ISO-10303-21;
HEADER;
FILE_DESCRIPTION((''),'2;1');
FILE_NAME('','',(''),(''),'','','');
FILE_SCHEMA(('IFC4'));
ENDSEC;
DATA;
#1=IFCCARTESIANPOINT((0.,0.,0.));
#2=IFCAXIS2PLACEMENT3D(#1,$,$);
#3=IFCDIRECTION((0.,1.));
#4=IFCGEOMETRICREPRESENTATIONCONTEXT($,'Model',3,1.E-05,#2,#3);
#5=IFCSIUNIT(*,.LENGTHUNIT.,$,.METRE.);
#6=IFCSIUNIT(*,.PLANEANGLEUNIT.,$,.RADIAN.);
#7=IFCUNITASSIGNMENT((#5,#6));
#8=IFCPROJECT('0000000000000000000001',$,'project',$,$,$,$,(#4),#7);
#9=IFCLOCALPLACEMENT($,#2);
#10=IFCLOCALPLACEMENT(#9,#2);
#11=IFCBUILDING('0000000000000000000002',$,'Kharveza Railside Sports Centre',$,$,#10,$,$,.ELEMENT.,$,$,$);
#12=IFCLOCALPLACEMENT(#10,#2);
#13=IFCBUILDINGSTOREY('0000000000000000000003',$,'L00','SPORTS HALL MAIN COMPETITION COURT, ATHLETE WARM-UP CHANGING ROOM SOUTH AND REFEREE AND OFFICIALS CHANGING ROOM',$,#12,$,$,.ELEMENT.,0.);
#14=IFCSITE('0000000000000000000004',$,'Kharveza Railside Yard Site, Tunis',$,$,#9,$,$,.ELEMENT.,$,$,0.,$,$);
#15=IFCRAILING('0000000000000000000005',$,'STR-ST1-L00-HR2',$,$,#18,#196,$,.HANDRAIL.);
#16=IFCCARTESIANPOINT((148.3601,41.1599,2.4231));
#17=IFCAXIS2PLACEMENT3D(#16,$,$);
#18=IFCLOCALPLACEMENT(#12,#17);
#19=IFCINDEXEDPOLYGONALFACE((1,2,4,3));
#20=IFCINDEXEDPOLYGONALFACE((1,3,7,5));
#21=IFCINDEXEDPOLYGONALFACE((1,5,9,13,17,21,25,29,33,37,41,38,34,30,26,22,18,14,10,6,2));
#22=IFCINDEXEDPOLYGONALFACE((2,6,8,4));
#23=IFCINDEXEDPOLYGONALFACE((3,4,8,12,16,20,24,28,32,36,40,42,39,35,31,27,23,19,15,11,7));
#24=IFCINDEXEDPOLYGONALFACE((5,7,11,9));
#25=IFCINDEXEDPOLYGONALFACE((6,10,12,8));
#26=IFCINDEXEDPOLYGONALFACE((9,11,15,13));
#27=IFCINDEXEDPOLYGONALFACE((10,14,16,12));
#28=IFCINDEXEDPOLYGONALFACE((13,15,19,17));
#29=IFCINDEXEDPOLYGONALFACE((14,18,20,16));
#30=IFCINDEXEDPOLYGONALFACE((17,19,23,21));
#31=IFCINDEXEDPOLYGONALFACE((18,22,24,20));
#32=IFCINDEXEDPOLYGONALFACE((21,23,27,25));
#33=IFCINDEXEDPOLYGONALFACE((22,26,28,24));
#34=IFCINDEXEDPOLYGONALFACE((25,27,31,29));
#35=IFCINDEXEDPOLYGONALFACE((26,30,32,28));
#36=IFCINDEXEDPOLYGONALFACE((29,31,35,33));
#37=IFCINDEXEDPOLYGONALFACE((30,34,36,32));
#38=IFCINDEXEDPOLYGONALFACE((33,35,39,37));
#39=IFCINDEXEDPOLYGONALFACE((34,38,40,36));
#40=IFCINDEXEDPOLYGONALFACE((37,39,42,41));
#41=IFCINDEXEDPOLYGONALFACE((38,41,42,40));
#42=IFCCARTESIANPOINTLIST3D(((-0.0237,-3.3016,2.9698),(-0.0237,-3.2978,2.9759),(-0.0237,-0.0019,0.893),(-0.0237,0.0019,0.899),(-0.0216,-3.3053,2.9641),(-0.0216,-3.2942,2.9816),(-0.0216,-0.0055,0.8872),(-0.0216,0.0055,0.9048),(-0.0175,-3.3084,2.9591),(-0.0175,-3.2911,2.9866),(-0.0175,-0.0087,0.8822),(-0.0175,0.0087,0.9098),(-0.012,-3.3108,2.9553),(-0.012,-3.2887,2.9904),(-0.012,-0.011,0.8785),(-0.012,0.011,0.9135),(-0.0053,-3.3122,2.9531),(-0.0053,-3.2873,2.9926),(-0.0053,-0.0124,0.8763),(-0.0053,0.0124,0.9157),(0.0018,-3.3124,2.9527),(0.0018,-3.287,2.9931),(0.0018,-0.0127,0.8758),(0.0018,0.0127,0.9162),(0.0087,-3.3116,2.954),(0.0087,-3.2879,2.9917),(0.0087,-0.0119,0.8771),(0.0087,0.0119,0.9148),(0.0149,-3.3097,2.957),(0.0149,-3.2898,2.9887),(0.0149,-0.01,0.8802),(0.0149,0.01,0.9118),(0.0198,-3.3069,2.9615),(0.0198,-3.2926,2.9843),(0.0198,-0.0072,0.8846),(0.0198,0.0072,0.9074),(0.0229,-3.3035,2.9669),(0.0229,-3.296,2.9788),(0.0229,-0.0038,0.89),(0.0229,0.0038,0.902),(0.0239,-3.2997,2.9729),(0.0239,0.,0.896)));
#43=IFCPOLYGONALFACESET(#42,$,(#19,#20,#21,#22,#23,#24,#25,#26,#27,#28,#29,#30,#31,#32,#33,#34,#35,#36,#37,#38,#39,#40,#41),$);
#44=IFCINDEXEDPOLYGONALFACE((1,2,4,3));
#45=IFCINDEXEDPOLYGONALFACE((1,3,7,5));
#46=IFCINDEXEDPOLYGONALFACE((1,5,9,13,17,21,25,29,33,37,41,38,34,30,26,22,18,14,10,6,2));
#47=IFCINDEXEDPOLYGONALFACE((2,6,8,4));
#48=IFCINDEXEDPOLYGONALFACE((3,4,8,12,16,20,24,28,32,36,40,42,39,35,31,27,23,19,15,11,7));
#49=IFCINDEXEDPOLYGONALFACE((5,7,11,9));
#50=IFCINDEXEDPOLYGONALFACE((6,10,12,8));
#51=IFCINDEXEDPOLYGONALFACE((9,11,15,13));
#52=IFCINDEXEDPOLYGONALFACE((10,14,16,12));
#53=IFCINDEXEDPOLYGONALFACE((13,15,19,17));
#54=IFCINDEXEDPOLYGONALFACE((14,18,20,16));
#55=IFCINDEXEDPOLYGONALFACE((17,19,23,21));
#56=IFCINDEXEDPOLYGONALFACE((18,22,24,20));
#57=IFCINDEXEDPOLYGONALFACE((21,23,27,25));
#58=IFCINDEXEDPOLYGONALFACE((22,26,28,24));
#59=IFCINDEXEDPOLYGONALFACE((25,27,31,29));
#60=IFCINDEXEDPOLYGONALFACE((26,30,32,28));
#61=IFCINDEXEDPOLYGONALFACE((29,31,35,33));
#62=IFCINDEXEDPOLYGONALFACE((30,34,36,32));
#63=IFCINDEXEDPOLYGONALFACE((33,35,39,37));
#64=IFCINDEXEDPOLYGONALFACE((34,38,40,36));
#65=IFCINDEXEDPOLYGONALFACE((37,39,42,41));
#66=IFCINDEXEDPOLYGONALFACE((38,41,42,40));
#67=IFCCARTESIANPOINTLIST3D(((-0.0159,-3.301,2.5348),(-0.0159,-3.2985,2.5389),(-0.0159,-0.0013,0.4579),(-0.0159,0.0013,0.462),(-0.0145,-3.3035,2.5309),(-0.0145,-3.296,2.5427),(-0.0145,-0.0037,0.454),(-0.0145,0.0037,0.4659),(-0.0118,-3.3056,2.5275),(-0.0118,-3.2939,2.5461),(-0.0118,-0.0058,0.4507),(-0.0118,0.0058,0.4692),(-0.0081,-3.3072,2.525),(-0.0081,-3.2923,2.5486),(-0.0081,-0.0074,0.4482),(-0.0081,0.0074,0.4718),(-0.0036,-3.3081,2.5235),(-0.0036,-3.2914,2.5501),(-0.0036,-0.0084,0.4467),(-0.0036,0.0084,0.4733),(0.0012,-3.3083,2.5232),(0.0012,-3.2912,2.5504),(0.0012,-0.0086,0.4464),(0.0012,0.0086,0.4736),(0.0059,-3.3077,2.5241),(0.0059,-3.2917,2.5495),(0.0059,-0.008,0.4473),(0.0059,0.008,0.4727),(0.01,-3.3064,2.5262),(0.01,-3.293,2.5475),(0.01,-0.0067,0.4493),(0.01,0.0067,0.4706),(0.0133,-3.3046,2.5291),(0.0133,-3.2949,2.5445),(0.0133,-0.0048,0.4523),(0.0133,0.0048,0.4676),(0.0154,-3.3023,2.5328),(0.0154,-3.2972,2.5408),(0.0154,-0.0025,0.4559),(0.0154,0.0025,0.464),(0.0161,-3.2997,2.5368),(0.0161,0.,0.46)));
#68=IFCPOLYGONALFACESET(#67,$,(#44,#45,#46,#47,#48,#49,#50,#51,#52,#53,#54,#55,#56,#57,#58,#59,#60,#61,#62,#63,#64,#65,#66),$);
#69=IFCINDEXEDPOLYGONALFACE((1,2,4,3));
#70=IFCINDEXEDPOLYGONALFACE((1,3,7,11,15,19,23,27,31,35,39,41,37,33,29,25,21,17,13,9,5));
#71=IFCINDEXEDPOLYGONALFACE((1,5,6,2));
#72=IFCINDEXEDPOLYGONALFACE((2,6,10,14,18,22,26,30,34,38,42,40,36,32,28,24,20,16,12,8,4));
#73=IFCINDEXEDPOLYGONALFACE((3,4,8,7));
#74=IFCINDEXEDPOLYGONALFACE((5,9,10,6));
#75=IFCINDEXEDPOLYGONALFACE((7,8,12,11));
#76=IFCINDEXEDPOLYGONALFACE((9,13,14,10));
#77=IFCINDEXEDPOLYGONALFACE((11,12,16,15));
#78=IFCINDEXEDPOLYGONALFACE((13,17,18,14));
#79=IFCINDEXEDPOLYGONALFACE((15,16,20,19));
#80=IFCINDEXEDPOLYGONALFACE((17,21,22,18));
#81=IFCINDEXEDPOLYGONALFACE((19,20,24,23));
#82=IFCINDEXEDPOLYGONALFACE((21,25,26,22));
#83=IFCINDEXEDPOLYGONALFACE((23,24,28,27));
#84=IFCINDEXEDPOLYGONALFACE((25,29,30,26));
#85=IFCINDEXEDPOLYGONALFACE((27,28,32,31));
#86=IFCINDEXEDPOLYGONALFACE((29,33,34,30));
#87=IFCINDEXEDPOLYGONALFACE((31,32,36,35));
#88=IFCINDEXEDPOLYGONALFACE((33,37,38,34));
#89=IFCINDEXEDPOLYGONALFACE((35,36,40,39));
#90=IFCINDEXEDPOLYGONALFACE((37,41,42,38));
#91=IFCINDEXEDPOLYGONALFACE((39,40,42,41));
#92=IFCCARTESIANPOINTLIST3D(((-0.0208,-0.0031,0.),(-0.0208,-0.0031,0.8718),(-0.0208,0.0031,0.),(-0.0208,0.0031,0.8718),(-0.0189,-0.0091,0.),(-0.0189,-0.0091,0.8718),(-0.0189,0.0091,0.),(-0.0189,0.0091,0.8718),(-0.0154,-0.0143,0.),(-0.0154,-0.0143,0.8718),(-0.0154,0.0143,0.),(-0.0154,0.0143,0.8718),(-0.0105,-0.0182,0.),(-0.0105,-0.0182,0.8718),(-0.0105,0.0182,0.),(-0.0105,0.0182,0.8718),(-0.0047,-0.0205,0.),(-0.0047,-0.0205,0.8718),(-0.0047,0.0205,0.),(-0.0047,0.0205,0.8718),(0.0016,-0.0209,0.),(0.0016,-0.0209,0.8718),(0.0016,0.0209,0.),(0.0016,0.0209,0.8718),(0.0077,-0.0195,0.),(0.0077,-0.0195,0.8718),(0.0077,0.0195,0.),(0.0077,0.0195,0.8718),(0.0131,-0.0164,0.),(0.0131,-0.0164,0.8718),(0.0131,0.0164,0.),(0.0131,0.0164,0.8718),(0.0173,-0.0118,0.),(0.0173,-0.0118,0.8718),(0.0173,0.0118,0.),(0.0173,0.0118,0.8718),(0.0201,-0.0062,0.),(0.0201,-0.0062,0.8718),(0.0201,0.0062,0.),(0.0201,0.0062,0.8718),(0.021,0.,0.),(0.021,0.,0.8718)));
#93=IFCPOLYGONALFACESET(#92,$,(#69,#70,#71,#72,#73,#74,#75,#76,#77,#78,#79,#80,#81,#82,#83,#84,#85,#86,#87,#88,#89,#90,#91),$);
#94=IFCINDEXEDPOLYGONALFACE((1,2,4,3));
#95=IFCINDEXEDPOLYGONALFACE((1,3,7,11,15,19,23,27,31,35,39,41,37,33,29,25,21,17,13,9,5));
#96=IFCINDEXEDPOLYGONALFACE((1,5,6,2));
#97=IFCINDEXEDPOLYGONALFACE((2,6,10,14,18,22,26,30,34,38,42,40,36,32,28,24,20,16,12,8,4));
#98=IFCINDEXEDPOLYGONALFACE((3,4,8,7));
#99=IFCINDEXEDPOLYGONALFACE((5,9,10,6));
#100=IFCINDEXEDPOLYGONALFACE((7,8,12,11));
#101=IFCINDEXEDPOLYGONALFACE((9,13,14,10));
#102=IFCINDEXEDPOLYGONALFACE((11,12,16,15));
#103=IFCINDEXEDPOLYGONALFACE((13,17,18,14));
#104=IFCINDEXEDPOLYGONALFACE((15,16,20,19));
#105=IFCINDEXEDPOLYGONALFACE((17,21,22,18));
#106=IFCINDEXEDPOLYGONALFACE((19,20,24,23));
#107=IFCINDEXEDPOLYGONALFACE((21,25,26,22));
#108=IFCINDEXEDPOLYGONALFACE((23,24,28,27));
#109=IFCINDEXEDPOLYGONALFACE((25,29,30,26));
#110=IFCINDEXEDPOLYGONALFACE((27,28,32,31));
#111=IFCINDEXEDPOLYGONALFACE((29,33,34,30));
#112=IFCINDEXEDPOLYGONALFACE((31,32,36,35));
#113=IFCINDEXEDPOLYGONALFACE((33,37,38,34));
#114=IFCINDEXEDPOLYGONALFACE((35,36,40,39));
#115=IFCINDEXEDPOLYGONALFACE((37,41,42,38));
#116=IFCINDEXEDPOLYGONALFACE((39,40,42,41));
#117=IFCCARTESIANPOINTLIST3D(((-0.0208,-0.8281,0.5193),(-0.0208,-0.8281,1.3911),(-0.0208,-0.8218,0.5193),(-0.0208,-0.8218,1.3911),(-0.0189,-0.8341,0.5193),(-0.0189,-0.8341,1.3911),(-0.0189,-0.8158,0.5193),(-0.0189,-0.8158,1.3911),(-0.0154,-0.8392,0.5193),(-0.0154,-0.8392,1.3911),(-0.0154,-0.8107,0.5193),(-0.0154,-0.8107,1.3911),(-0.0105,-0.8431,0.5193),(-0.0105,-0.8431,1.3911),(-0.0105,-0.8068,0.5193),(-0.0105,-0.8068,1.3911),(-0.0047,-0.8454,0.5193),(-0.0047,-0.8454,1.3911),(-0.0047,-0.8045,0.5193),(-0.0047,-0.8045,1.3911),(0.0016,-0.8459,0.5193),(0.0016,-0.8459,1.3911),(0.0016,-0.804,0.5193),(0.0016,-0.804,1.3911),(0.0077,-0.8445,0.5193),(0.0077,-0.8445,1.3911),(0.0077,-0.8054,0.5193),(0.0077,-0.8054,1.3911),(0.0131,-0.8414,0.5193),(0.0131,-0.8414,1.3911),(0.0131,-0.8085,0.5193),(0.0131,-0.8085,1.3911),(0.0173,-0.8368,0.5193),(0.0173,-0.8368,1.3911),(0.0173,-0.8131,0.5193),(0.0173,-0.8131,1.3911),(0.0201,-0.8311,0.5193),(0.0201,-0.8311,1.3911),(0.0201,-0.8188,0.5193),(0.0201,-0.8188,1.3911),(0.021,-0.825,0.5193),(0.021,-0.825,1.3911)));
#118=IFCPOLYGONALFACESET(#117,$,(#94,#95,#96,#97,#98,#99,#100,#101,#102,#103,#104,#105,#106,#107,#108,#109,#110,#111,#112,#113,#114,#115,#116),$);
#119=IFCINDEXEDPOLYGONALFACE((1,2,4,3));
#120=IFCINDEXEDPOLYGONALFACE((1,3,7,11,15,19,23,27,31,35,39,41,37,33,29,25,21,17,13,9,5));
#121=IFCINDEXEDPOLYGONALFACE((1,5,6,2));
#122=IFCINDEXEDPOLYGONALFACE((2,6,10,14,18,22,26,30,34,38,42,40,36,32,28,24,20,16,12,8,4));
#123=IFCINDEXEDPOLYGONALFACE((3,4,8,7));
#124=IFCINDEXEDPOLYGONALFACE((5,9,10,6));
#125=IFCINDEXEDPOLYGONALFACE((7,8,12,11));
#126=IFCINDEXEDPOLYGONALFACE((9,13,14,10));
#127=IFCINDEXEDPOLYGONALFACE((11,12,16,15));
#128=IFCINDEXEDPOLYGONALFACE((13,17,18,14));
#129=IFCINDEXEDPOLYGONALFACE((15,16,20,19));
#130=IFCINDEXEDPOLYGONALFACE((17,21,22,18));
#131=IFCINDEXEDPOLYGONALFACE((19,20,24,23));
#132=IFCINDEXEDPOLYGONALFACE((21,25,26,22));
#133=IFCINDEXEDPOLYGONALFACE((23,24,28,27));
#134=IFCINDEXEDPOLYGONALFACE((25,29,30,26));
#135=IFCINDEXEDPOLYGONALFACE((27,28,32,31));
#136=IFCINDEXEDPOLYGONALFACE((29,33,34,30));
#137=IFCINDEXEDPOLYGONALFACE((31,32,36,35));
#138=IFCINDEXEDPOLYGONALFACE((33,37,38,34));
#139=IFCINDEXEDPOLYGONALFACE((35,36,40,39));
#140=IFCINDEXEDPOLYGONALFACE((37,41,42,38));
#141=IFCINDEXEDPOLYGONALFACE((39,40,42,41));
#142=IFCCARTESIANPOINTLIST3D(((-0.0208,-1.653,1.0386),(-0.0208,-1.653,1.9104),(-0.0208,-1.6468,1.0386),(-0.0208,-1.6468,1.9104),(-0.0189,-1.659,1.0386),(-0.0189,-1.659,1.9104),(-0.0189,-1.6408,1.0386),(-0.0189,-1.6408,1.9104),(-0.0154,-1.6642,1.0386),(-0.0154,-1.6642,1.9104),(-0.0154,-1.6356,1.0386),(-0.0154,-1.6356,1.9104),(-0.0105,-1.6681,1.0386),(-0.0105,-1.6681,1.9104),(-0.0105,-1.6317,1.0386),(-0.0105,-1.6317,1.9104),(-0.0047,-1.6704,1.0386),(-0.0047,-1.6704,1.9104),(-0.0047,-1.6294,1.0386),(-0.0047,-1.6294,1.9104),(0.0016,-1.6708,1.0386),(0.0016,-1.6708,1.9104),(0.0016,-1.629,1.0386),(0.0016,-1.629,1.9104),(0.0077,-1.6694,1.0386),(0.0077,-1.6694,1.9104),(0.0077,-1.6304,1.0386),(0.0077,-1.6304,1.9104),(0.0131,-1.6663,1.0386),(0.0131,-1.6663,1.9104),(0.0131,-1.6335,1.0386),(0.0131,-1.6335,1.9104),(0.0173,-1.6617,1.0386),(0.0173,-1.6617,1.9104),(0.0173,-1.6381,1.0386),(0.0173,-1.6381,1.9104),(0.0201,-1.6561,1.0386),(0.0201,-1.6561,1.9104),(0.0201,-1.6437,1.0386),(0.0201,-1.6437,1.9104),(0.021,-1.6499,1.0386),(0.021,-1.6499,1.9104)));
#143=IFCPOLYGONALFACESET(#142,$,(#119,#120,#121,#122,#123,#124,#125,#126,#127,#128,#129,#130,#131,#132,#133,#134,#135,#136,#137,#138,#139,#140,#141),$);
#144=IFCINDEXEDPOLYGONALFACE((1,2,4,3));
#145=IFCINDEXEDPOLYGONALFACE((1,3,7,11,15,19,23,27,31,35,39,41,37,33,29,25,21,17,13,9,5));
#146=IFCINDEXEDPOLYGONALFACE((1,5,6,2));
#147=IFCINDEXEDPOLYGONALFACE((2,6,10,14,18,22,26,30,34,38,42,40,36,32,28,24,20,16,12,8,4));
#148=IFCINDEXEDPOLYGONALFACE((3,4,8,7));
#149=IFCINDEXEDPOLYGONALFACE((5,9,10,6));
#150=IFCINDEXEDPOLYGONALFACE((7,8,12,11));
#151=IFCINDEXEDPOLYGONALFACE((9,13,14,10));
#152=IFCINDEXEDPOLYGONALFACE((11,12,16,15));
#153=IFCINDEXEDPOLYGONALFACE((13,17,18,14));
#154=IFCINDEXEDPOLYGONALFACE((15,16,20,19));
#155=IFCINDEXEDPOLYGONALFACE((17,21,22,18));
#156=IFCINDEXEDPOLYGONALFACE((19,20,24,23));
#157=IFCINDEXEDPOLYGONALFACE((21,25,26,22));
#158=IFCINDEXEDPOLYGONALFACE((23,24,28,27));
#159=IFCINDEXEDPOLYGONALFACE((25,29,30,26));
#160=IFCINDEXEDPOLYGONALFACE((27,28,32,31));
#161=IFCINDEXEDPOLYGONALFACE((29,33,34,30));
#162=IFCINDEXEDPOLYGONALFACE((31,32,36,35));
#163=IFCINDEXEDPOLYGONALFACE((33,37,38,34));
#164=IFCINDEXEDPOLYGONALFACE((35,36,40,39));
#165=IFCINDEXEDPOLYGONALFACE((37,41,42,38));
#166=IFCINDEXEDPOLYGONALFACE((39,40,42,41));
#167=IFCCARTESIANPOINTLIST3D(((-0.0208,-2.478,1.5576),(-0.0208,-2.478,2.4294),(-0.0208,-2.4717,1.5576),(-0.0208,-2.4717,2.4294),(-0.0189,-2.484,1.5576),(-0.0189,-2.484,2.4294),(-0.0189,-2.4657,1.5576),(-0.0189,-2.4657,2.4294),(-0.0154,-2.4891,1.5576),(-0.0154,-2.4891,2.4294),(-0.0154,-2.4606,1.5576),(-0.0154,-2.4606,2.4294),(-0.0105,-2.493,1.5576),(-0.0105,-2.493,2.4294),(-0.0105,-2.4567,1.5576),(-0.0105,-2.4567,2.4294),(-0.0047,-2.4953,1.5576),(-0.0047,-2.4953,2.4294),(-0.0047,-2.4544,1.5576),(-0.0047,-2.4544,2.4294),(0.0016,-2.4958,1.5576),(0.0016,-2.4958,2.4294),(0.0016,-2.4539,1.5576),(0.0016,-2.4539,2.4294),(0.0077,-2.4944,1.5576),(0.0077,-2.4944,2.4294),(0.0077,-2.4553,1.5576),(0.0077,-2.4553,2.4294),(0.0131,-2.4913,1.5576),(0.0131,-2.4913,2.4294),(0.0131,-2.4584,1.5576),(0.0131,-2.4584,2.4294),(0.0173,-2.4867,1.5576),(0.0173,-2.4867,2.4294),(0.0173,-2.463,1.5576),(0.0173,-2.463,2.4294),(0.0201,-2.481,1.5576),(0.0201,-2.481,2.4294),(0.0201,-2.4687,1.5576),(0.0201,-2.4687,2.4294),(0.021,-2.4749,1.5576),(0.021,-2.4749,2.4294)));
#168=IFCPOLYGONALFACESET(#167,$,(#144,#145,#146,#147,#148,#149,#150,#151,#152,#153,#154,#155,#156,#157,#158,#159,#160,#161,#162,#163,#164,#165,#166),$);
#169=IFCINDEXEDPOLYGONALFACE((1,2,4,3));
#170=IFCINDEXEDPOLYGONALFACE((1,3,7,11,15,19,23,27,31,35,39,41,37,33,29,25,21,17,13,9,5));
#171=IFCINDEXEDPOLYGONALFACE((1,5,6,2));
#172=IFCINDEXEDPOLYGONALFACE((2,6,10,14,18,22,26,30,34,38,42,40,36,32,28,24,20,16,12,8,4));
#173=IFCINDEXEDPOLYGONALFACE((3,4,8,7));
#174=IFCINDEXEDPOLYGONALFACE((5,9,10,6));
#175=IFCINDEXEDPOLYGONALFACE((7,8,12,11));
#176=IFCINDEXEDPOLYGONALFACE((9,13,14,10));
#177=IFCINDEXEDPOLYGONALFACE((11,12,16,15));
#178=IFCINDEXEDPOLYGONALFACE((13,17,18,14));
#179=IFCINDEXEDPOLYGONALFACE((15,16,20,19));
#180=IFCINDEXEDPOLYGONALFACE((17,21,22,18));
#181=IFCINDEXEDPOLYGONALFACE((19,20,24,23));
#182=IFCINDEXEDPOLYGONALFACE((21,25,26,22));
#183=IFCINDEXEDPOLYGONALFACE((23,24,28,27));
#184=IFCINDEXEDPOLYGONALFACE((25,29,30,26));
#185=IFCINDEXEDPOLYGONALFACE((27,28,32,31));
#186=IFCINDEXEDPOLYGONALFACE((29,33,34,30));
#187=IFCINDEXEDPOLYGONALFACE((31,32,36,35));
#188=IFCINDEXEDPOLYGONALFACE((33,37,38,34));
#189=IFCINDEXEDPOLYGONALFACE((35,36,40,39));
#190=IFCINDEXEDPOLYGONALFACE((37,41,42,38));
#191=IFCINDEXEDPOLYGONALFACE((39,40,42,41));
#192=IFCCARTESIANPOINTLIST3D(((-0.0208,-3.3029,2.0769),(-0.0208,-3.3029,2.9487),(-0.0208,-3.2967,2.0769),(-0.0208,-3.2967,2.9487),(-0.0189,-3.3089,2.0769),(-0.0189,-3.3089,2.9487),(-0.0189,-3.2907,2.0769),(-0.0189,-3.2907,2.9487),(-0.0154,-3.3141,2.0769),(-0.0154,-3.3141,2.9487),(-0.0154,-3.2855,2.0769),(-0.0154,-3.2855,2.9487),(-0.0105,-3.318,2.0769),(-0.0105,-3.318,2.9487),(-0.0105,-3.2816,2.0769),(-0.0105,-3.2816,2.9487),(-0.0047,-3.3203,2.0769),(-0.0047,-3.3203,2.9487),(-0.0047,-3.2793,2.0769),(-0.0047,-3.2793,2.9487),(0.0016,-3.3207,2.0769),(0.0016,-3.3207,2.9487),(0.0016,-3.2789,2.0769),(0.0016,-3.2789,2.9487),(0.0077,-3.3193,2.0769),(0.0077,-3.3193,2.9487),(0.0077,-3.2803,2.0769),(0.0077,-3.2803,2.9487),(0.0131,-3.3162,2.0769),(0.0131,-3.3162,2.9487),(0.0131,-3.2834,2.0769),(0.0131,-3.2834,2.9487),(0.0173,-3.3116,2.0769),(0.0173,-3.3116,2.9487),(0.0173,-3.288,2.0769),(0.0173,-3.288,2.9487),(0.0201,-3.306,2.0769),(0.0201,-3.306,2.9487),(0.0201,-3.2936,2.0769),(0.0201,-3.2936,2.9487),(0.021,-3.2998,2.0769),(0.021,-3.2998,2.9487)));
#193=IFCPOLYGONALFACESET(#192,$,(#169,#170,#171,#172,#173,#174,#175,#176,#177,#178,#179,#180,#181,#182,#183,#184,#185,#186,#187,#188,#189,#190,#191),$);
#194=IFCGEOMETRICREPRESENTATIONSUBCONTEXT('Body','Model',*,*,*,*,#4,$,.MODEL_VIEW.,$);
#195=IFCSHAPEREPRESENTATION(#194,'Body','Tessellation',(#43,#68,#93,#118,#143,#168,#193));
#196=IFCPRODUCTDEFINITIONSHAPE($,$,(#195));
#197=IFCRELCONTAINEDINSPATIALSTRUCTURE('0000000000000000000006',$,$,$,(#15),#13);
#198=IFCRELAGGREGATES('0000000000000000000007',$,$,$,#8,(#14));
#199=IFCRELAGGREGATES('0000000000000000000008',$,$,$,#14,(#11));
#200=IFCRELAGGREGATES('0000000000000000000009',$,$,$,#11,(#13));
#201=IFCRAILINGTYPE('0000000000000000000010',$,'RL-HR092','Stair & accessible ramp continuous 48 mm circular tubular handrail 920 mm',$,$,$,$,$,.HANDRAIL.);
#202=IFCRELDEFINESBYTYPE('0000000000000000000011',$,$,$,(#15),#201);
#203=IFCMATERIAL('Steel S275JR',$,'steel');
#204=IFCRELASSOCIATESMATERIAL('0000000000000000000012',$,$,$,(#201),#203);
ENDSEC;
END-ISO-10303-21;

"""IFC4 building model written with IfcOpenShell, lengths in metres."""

from ifc_helpers import new_model, si_unit, direction, frame, origin, origin_2d, place, context, subcontext, project, spatial, circle, extrude, material, type_object, element, save


model = new_model("IFC4")

# Units and contexts
model_context = context("Model", 3, precision=1e-05, world=origin(), true_north=direction((0.0, 1.0)))
body_context = subcontext(model_context, "Body", "Model", "MODEL_VIEW")
ifc_project = project(units=[si_unit("LENGTHUNIT", "METRE"), si_unit("PLANEANGLEUNIT", "RADIAN")], contexts=[model_context])

# Site, building, storey
site_placement = place(None, origin())
site = spatial("IfcSite", under=ifc_project, at=site_placement, Name="Kharveza Railside Yard Site, Tunis", CompositionType="ELEMENT", RefElevation=0.0)
building_placement = place(site_placement, origin())
building = spatial("IfcBuilding", under=site, at=building_placement, Name="Kharveza Railside Sports Centre", CompositionType="ELEMENT")
storey_placement = place(building_placement, origin())
storey = spatial("IfcBuildingStorey", under=building, at=storey_placement, Name="L00", Description="SPORTS HALL MAIN COMPETITION COURT, ATHLETE WARM-UP CHANGING ROOM SOUTH AND REFEREE AND OFFICIALS CHANGING ROOM", CompositionType="ELEMENT", Elevation=0.0)

# Railing
ifc_material_1 = material(Name="Steel S275JR", Category="steel")
railing_type_1 = type_object("IfcRailingType", Name="RL-HR092", Description="Stair & accessible ramp continuous 48 mm circular tubular handrail 920 mm", PredefinedType="HANDRAIL", material=ifc_material_1)
railing_1_placement = place(storey_placement, frame((148.3601, 41.1599, 2.4231)))
element("IfcRailing", 1, at=railing_1_placement, inside=storey, type_object=railing_type_1, Name="STR-ST1-L00-HR2", PredefinedType="HANDRAIL", context=body_context, shape_type="SweptSolid", body=[
    extrude(circle(Radius=0.0239, at=origin_2d()), frame((0.0, 0.0, 0.896), z_axis=(0.0, -0.84632, 0.532675), x_axis=(1.0, 0.0, 0.0)), (0.0, 0.0, 1.0), 3.8989),
    extrude(circle(Radius=0.0161, at=origin_2d()), frame((0.0, 0.0, 0.46), z_axis=(0.0, -0.84632, 0.532675), x_axis=(1.0, 0.0, 0.0)), (0.0, 0.0, 1.0), 3.8989),
    extrude(circle(Radius=0.021, at=origin_2d()), origin(), (0.0, 0.0, 1.0), 0.8718),
    extrude(circle(Radius=0.021, at=origin_2d()), frame((0.0, -0.825, 0.5193)), (0.0, 0.0, 1.0), 0.8718),
    extrude(circle(Radius=0.021, at=origin_2d()), frame((0.0, -1.6499, 1.0386)), (0.0, 0.0, 1.0), 0.8718),
    extrude(circle(Radius=0.021, at=origin_2d()), frame((0.0, -2.4749, 1.5576)), (0.0, 0.0, 1.0), 0.8718),
    extrude(circle(Radius=0.021, at=origin_2d()), frame((0.0, -3.2998, 2.0769)), (0.0, 0.0, 1.0), 0.8718),
])

save(model, "model.ifc")
